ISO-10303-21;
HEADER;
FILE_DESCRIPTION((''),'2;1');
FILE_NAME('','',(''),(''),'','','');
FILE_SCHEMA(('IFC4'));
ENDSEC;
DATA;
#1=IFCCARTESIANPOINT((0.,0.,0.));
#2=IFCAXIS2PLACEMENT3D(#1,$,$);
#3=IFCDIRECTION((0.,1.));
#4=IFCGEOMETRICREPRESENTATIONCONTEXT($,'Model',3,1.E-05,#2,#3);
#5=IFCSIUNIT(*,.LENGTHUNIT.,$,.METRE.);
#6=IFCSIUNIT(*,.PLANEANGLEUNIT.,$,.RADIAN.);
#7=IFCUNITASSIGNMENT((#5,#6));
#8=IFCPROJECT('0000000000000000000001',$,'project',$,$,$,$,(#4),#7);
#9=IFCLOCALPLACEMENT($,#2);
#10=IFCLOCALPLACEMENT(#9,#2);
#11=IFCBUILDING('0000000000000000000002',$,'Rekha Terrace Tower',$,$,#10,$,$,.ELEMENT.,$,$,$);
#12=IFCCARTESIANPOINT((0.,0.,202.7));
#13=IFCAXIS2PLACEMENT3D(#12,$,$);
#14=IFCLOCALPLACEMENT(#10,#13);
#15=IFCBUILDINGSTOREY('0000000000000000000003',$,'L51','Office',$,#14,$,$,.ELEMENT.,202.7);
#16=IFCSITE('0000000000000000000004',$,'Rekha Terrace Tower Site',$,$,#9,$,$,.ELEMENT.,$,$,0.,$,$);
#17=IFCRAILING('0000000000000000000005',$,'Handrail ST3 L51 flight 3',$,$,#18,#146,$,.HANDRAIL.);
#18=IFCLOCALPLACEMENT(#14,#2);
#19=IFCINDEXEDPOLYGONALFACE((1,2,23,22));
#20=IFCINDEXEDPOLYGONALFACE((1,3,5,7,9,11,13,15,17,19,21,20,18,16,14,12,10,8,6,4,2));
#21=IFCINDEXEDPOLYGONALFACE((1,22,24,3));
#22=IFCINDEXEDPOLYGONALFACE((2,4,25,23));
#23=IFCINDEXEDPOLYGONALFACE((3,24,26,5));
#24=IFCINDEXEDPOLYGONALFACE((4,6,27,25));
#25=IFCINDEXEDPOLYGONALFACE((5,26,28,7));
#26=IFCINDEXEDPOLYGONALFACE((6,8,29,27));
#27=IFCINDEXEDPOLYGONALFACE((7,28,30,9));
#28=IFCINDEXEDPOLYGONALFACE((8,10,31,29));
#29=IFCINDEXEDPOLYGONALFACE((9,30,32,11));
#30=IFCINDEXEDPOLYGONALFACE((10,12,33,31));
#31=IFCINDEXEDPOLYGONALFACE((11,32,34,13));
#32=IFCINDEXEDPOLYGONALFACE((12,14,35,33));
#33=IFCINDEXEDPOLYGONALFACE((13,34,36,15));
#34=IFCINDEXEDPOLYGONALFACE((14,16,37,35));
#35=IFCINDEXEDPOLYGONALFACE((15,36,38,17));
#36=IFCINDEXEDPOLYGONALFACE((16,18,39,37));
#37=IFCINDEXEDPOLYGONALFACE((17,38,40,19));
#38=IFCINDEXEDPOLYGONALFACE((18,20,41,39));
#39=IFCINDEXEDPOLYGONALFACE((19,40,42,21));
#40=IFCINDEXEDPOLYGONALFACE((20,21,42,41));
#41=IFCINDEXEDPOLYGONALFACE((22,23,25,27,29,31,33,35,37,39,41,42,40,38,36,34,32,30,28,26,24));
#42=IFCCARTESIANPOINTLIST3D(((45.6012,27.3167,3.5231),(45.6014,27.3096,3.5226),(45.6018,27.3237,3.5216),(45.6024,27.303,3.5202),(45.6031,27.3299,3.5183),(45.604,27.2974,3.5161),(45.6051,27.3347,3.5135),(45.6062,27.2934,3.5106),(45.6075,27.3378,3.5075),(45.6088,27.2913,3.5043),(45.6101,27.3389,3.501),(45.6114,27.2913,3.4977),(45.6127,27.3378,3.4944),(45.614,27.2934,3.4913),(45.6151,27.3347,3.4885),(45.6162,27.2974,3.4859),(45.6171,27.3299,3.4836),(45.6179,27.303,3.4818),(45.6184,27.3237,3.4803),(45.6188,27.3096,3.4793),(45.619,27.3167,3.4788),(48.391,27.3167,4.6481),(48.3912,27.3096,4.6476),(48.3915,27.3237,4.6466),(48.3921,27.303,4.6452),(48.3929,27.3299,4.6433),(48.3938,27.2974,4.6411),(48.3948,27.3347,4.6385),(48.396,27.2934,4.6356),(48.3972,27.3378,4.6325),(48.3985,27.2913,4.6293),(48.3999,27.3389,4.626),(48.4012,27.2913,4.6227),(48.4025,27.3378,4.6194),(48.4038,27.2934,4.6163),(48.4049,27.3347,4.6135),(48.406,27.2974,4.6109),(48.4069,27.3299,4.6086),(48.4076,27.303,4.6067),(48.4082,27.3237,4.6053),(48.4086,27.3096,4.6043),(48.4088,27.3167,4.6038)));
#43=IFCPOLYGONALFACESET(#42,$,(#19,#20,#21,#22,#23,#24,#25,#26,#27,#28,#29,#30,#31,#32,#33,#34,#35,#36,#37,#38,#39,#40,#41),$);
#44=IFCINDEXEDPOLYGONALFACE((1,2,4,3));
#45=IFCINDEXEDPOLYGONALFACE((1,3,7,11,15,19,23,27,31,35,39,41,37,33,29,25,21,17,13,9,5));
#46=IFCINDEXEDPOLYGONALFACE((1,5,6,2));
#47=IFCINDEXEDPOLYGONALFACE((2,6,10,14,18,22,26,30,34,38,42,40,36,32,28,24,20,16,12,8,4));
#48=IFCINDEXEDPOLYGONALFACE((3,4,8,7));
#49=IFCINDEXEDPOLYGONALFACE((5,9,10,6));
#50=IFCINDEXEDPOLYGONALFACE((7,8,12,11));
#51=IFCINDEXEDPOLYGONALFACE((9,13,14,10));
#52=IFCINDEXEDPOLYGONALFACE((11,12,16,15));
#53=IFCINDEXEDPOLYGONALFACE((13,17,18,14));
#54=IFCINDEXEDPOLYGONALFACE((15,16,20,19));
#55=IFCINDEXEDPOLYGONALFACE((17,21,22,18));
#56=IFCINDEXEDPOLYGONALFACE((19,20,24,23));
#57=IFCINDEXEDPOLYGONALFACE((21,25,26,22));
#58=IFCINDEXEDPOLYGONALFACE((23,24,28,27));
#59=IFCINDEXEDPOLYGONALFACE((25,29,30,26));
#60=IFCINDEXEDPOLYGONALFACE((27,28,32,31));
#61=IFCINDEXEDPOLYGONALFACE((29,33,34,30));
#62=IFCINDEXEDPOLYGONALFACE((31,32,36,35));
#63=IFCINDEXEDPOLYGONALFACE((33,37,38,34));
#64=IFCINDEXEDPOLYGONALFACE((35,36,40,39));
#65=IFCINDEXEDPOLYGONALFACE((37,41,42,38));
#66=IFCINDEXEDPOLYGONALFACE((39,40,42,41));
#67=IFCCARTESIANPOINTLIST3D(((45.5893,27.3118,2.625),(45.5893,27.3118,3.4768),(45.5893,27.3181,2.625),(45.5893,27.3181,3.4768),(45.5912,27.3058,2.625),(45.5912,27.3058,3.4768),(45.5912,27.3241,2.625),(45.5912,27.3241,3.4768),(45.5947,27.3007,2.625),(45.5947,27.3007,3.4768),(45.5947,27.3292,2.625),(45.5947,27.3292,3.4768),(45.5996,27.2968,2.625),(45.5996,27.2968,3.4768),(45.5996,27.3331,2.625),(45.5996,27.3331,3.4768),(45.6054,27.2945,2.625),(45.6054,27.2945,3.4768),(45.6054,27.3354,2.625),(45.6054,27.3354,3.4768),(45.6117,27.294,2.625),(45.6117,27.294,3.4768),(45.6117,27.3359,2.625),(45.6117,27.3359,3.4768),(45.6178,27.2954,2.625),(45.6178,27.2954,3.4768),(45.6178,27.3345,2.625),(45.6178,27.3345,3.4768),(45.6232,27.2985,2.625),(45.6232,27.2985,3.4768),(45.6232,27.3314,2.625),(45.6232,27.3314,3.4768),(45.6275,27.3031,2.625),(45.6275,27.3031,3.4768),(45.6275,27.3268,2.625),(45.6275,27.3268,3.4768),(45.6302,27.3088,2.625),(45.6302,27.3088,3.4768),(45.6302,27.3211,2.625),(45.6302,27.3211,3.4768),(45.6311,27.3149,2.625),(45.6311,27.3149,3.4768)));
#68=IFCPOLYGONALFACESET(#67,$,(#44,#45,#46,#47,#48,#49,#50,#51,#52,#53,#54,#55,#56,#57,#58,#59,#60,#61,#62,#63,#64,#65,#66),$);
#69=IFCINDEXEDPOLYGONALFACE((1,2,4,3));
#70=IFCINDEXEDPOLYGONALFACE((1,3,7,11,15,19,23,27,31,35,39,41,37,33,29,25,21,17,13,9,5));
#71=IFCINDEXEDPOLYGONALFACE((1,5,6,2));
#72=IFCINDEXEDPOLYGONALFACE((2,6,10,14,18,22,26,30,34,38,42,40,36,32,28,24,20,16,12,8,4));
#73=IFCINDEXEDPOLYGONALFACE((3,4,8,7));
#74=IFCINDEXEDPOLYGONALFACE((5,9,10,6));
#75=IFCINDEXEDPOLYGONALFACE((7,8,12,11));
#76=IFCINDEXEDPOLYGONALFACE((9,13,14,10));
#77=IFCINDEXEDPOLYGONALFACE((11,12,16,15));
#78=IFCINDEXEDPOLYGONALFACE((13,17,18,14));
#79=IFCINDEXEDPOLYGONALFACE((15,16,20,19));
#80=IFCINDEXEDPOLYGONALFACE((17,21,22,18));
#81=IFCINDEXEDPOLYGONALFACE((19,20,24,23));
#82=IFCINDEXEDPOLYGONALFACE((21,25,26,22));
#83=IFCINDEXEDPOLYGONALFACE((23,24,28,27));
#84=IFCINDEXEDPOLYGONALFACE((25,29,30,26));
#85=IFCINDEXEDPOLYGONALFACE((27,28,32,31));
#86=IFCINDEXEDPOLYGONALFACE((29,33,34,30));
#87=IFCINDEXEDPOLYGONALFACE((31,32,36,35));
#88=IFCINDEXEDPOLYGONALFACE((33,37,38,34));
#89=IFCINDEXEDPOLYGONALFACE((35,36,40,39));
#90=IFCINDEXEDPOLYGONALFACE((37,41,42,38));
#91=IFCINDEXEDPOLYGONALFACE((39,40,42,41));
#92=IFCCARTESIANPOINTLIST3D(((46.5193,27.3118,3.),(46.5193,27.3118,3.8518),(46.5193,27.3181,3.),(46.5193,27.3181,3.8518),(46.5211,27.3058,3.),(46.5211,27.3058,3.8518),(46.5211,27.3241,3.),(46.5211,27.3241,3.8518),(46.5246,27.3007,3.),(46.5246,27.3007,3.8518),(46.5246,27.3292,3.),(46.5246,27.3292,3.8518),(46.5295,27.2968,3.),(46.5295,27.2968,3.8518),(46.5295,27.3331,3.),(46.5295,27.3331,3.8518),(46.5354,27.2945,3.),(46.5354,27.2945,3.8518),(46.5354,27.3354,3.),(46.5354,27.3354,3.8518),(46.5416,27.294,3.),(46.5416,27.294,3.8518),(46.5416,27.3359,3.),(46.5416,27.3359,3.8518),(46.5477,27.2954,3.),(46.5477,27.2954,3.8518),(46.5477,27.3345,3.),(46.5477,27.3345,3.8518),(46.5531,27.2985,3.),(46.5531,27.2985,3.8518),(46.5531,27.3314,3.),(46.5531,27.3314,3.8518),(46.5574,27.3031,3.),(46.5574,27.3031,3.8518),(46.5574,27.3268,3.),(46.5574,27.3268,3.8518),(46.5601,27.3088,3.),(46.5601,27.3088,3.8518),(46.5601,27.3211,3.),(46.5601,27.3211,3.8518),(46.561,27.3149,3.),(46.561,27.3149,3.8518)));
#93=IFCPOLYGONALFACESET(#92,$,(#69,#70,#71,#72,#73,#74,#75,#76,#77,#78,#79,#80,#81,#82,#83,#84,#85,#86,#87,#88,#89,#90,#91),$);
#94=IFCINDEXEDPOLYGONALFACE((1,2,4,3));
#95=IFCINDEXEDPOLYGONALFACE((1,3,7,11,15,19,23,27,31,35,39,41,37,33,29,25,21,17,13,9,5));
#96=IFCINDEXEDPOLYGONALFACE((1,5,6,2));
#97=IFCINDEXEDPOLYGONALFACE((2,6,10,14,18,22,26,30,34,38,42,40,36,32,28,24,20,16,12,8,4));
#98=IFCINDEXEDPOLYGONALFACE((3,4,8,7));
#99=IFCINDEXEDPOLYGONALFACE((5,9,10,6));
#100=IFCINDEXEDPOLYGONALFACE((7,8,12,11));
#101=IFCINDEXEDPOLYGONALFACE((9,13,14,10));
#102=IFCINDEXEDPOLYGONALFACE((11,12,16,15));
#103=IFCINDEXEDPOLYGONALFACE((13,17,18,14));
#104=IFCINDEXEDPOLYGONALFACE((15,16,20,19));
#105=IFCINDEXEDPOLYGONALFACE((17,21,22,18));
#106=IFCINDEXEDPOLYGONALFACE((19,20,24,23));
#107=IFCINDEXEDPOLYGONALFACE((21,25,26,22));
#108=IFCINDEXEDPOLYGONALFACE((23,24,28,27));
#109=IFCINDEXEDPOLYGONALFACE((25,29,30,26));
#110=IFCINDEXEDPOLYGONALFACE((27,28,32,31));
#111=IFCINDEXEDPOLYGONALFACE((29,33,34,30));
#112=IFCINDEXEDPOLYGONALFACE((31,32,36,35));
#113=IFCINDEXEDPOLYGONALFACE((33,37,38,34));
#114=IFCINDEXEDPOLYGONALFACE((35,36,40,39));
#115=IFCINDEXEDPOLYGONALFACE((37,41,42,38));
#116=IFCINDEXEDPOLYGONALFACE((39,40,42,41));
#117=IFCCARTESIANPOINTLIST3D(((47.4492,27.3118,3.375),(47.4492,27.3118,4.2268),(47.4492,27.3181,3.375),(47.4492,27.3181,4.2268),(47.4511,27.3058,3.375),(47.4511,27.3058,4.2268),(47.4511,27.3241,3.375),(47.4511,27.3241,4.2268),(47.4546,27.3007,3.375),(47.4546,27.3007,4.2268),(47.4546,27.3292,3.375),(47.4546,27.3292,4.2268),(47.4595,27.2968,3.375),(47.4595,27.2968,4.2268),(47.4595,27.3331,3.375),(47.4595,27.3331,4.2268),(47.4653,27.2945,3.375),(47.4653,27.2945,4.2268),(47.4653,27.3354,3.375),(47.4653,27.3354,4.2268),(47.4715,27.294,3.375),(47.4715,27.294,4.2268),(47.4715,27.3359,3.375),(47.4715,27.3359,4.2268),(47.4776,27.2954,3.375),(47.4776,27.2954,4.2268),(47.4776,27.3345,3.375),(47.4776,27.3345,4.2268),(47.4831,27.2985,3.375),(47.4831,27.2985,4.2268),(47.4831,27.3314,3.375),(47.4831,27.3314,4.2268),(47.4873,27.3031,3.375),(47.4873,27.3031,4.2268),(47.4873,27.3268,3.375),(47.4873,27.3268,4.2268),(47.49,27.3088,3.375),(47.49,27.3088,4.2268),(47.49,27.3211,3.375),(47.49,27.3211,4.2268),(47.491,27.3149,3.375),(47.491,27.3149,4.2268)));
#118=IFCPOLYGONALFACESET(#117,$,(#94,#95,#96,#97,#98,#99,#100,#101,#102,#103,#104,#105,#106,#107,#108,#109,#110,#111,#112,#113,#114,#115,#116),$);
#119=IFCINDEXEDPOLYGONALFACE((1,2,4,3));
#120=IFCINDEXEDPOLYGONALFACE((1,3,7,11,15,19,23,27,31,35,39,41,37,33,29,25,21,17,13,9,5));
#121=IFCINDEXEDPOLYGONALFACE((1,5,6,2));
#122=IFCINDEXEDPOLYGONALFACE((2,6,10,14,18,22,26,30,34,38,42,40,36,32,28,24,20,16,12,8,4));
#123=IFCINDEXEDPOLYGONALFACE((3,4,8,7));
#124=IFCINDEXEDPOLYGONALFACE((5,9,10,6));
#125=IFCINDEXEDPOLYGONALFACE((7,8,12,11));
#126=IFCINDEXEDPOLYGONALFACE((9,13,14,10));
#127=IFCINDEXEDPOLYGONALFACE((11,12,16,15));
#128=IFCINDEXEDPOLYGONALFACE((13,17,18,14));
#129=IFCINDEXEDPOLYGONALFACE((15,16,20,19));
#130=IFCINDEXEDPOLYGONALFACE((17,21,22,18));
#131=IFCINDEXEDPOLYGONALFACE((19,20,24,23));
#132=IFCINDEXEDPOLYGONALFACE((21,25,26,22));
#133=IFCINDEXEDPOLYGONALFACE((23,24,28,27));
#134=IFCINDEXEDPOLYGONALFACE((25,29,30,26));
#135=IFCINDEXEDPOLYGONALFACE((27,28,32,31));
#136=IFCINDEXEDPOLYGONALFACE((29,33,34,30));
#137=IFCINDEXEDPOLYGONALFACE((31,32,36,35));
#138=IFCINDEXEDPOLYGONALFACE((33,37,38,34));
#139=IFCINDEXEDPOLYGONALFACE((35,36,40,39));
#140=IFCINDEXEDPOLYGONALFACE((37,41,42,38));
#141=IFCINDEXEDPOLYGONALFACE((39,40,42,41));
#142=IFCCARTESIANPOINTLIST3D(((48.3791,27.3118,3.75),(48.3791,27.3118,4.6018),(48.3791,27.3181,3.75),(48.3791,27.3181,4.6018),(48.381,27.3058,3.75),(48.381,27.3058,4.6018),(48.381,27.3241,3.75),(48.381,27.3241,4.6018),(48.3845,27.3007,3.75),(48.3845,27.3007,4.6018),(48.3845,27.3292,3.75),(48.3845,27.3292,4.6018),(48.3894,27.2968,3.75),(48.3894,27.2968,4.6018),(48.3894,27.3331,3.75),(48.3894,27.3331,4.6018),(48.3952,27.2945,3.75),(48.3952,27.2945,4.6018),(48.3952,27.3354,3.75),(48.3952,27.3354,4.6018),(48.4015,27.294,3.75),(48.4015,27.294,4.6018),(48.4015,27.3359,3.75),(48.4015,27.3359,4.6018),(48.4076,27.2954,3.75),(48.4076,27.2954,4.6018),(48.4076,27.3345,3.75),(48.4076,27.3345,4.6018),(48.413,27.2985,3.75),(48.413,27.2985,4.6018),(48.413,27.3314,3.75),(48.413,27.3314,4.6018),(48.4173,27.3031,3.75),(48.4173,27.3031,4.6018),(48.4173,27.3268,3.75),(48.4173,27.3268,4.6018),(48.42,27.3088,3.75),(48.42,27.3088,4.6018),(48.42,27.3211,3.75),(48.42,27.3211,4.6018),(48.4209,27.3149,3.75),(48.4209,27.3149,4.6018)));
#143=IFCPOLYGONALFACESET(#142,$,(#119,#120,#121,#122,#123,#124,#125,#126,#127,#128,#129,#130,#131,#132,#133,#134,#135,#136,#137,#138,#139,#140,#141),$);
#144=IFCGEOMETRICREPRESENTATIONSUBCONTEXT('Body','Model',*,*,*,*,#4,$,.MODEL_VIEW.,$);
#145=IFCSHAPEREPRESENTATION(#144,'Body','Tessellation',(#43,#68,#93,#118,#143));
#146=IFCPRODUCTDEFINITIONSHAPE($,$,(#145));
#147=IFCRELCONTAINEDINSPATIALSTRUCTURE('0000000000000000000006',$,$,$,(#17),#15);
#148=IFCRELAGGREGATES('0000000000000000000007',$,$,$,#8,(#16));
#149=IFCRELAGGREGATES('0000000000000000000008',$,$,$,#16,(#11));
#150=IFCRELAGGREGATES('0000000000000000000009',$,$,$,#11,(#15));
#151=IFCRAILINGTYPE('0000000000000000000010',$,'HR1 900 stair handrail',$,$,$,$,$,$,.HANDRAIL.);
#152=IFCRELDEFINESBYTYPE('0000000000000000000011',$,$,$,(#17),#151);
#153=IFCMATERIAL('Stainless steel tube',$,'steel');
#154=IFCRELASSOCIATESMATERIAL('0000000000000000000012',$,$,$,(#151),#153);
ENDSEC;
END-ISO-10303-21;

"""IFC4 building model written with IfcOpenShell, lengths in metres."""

from ifc_helpers import new_model, si_unit, direction, frame, origin, origin_2d, place, context, subcontext, project, spatial, circle, extrude, material, type_object, element, save


model = new_model("IFC4")

# Units and contexts
model_context = context("Model", 3, precision=1e-05, world=origin(), true_north=direction((0.0, 1.0)))
body_context = subcontext(model_context, "Body", "Model", "MODEL_VIEW")
ifc_project = project(units=[si_unit("LENGTHUNIT", "METRE"), si_unit("PLANEANGLEUNIT", "RADIAN")], contexts=[model_context])

# Site, building, storey
site_placement = place(None, origin())
site = spatial("IfcSite", under=ifc_project, at=site_placement, Name="Rekha Terrace Tower Site", CompositionType="ELEMENT", RefElevation=0.0)
building_placement = place(site_placement, origin())
building = spatial("IfcBuilding", under=site, at=building_placement, Name="Rekha Terrace Tower", CompositionType="ELEMENT")
storey_placement = place(building_placement, frame((0.0, 0.0, 202.7)))
storey = spatial("IfcBuildingStorey", under=building, at=storey_placement, Name="L51", Description="Office", CompositionType="ELEMENT", Elevation=202.7)

# Railing
ifc_material_1 = material(Name="Stainless steel tube", Category="steel")
railing_type_1 = type_object("IfcRailingType", Name="HR1 900 stair handrail", PredefinedType="HANDRAIL", material=ifc_material_1)
railing_1_placement = place(storey_placement, frame((45.6101, 27.3149, 2.625)))
element("IfcRailing", 1, at=railing_1_placement, inside=storey, type_object=railing_type_1, Name="Handrail ST3 L51 flight 3", PredefinedType="HANDRAIL", context=body_context, shape_type="SweptSolid", body=[
    extrude(circle(Radius=0.0239, at=origin_2d()), frame((0.0, 0.0, 0.876), z_axis=(0.927432, 0.0, 0.373992), x_axis=(0.0, 1.0, 0.0)), (0.0, 0.0, 1.0), 3.0081),
    extrude(circle(Radius=0.021, at=origin_2d()), origin(), (0.0, 0.0, 1.0), 0.8518),
    extrude(circle(Radius=0.021, at=origin_2d()), frame((0.9299, 0.0, 0.375)), (0.0, 0.0, 1.0), 0.8518),
    extrude(circle(Radius=0.021, at=origin_2d()), frame((1.8599, 0.0, 0.75)), (0.0, 0.0, 1.0), 0.8518),
    extrude(circle(Radius=0.021, at=origin_2d()), frame((2.7898, 0.0, 1.125)), (0.0, 0.0, 1.0), 0.8518),
])

save(model, "model.ifc")
